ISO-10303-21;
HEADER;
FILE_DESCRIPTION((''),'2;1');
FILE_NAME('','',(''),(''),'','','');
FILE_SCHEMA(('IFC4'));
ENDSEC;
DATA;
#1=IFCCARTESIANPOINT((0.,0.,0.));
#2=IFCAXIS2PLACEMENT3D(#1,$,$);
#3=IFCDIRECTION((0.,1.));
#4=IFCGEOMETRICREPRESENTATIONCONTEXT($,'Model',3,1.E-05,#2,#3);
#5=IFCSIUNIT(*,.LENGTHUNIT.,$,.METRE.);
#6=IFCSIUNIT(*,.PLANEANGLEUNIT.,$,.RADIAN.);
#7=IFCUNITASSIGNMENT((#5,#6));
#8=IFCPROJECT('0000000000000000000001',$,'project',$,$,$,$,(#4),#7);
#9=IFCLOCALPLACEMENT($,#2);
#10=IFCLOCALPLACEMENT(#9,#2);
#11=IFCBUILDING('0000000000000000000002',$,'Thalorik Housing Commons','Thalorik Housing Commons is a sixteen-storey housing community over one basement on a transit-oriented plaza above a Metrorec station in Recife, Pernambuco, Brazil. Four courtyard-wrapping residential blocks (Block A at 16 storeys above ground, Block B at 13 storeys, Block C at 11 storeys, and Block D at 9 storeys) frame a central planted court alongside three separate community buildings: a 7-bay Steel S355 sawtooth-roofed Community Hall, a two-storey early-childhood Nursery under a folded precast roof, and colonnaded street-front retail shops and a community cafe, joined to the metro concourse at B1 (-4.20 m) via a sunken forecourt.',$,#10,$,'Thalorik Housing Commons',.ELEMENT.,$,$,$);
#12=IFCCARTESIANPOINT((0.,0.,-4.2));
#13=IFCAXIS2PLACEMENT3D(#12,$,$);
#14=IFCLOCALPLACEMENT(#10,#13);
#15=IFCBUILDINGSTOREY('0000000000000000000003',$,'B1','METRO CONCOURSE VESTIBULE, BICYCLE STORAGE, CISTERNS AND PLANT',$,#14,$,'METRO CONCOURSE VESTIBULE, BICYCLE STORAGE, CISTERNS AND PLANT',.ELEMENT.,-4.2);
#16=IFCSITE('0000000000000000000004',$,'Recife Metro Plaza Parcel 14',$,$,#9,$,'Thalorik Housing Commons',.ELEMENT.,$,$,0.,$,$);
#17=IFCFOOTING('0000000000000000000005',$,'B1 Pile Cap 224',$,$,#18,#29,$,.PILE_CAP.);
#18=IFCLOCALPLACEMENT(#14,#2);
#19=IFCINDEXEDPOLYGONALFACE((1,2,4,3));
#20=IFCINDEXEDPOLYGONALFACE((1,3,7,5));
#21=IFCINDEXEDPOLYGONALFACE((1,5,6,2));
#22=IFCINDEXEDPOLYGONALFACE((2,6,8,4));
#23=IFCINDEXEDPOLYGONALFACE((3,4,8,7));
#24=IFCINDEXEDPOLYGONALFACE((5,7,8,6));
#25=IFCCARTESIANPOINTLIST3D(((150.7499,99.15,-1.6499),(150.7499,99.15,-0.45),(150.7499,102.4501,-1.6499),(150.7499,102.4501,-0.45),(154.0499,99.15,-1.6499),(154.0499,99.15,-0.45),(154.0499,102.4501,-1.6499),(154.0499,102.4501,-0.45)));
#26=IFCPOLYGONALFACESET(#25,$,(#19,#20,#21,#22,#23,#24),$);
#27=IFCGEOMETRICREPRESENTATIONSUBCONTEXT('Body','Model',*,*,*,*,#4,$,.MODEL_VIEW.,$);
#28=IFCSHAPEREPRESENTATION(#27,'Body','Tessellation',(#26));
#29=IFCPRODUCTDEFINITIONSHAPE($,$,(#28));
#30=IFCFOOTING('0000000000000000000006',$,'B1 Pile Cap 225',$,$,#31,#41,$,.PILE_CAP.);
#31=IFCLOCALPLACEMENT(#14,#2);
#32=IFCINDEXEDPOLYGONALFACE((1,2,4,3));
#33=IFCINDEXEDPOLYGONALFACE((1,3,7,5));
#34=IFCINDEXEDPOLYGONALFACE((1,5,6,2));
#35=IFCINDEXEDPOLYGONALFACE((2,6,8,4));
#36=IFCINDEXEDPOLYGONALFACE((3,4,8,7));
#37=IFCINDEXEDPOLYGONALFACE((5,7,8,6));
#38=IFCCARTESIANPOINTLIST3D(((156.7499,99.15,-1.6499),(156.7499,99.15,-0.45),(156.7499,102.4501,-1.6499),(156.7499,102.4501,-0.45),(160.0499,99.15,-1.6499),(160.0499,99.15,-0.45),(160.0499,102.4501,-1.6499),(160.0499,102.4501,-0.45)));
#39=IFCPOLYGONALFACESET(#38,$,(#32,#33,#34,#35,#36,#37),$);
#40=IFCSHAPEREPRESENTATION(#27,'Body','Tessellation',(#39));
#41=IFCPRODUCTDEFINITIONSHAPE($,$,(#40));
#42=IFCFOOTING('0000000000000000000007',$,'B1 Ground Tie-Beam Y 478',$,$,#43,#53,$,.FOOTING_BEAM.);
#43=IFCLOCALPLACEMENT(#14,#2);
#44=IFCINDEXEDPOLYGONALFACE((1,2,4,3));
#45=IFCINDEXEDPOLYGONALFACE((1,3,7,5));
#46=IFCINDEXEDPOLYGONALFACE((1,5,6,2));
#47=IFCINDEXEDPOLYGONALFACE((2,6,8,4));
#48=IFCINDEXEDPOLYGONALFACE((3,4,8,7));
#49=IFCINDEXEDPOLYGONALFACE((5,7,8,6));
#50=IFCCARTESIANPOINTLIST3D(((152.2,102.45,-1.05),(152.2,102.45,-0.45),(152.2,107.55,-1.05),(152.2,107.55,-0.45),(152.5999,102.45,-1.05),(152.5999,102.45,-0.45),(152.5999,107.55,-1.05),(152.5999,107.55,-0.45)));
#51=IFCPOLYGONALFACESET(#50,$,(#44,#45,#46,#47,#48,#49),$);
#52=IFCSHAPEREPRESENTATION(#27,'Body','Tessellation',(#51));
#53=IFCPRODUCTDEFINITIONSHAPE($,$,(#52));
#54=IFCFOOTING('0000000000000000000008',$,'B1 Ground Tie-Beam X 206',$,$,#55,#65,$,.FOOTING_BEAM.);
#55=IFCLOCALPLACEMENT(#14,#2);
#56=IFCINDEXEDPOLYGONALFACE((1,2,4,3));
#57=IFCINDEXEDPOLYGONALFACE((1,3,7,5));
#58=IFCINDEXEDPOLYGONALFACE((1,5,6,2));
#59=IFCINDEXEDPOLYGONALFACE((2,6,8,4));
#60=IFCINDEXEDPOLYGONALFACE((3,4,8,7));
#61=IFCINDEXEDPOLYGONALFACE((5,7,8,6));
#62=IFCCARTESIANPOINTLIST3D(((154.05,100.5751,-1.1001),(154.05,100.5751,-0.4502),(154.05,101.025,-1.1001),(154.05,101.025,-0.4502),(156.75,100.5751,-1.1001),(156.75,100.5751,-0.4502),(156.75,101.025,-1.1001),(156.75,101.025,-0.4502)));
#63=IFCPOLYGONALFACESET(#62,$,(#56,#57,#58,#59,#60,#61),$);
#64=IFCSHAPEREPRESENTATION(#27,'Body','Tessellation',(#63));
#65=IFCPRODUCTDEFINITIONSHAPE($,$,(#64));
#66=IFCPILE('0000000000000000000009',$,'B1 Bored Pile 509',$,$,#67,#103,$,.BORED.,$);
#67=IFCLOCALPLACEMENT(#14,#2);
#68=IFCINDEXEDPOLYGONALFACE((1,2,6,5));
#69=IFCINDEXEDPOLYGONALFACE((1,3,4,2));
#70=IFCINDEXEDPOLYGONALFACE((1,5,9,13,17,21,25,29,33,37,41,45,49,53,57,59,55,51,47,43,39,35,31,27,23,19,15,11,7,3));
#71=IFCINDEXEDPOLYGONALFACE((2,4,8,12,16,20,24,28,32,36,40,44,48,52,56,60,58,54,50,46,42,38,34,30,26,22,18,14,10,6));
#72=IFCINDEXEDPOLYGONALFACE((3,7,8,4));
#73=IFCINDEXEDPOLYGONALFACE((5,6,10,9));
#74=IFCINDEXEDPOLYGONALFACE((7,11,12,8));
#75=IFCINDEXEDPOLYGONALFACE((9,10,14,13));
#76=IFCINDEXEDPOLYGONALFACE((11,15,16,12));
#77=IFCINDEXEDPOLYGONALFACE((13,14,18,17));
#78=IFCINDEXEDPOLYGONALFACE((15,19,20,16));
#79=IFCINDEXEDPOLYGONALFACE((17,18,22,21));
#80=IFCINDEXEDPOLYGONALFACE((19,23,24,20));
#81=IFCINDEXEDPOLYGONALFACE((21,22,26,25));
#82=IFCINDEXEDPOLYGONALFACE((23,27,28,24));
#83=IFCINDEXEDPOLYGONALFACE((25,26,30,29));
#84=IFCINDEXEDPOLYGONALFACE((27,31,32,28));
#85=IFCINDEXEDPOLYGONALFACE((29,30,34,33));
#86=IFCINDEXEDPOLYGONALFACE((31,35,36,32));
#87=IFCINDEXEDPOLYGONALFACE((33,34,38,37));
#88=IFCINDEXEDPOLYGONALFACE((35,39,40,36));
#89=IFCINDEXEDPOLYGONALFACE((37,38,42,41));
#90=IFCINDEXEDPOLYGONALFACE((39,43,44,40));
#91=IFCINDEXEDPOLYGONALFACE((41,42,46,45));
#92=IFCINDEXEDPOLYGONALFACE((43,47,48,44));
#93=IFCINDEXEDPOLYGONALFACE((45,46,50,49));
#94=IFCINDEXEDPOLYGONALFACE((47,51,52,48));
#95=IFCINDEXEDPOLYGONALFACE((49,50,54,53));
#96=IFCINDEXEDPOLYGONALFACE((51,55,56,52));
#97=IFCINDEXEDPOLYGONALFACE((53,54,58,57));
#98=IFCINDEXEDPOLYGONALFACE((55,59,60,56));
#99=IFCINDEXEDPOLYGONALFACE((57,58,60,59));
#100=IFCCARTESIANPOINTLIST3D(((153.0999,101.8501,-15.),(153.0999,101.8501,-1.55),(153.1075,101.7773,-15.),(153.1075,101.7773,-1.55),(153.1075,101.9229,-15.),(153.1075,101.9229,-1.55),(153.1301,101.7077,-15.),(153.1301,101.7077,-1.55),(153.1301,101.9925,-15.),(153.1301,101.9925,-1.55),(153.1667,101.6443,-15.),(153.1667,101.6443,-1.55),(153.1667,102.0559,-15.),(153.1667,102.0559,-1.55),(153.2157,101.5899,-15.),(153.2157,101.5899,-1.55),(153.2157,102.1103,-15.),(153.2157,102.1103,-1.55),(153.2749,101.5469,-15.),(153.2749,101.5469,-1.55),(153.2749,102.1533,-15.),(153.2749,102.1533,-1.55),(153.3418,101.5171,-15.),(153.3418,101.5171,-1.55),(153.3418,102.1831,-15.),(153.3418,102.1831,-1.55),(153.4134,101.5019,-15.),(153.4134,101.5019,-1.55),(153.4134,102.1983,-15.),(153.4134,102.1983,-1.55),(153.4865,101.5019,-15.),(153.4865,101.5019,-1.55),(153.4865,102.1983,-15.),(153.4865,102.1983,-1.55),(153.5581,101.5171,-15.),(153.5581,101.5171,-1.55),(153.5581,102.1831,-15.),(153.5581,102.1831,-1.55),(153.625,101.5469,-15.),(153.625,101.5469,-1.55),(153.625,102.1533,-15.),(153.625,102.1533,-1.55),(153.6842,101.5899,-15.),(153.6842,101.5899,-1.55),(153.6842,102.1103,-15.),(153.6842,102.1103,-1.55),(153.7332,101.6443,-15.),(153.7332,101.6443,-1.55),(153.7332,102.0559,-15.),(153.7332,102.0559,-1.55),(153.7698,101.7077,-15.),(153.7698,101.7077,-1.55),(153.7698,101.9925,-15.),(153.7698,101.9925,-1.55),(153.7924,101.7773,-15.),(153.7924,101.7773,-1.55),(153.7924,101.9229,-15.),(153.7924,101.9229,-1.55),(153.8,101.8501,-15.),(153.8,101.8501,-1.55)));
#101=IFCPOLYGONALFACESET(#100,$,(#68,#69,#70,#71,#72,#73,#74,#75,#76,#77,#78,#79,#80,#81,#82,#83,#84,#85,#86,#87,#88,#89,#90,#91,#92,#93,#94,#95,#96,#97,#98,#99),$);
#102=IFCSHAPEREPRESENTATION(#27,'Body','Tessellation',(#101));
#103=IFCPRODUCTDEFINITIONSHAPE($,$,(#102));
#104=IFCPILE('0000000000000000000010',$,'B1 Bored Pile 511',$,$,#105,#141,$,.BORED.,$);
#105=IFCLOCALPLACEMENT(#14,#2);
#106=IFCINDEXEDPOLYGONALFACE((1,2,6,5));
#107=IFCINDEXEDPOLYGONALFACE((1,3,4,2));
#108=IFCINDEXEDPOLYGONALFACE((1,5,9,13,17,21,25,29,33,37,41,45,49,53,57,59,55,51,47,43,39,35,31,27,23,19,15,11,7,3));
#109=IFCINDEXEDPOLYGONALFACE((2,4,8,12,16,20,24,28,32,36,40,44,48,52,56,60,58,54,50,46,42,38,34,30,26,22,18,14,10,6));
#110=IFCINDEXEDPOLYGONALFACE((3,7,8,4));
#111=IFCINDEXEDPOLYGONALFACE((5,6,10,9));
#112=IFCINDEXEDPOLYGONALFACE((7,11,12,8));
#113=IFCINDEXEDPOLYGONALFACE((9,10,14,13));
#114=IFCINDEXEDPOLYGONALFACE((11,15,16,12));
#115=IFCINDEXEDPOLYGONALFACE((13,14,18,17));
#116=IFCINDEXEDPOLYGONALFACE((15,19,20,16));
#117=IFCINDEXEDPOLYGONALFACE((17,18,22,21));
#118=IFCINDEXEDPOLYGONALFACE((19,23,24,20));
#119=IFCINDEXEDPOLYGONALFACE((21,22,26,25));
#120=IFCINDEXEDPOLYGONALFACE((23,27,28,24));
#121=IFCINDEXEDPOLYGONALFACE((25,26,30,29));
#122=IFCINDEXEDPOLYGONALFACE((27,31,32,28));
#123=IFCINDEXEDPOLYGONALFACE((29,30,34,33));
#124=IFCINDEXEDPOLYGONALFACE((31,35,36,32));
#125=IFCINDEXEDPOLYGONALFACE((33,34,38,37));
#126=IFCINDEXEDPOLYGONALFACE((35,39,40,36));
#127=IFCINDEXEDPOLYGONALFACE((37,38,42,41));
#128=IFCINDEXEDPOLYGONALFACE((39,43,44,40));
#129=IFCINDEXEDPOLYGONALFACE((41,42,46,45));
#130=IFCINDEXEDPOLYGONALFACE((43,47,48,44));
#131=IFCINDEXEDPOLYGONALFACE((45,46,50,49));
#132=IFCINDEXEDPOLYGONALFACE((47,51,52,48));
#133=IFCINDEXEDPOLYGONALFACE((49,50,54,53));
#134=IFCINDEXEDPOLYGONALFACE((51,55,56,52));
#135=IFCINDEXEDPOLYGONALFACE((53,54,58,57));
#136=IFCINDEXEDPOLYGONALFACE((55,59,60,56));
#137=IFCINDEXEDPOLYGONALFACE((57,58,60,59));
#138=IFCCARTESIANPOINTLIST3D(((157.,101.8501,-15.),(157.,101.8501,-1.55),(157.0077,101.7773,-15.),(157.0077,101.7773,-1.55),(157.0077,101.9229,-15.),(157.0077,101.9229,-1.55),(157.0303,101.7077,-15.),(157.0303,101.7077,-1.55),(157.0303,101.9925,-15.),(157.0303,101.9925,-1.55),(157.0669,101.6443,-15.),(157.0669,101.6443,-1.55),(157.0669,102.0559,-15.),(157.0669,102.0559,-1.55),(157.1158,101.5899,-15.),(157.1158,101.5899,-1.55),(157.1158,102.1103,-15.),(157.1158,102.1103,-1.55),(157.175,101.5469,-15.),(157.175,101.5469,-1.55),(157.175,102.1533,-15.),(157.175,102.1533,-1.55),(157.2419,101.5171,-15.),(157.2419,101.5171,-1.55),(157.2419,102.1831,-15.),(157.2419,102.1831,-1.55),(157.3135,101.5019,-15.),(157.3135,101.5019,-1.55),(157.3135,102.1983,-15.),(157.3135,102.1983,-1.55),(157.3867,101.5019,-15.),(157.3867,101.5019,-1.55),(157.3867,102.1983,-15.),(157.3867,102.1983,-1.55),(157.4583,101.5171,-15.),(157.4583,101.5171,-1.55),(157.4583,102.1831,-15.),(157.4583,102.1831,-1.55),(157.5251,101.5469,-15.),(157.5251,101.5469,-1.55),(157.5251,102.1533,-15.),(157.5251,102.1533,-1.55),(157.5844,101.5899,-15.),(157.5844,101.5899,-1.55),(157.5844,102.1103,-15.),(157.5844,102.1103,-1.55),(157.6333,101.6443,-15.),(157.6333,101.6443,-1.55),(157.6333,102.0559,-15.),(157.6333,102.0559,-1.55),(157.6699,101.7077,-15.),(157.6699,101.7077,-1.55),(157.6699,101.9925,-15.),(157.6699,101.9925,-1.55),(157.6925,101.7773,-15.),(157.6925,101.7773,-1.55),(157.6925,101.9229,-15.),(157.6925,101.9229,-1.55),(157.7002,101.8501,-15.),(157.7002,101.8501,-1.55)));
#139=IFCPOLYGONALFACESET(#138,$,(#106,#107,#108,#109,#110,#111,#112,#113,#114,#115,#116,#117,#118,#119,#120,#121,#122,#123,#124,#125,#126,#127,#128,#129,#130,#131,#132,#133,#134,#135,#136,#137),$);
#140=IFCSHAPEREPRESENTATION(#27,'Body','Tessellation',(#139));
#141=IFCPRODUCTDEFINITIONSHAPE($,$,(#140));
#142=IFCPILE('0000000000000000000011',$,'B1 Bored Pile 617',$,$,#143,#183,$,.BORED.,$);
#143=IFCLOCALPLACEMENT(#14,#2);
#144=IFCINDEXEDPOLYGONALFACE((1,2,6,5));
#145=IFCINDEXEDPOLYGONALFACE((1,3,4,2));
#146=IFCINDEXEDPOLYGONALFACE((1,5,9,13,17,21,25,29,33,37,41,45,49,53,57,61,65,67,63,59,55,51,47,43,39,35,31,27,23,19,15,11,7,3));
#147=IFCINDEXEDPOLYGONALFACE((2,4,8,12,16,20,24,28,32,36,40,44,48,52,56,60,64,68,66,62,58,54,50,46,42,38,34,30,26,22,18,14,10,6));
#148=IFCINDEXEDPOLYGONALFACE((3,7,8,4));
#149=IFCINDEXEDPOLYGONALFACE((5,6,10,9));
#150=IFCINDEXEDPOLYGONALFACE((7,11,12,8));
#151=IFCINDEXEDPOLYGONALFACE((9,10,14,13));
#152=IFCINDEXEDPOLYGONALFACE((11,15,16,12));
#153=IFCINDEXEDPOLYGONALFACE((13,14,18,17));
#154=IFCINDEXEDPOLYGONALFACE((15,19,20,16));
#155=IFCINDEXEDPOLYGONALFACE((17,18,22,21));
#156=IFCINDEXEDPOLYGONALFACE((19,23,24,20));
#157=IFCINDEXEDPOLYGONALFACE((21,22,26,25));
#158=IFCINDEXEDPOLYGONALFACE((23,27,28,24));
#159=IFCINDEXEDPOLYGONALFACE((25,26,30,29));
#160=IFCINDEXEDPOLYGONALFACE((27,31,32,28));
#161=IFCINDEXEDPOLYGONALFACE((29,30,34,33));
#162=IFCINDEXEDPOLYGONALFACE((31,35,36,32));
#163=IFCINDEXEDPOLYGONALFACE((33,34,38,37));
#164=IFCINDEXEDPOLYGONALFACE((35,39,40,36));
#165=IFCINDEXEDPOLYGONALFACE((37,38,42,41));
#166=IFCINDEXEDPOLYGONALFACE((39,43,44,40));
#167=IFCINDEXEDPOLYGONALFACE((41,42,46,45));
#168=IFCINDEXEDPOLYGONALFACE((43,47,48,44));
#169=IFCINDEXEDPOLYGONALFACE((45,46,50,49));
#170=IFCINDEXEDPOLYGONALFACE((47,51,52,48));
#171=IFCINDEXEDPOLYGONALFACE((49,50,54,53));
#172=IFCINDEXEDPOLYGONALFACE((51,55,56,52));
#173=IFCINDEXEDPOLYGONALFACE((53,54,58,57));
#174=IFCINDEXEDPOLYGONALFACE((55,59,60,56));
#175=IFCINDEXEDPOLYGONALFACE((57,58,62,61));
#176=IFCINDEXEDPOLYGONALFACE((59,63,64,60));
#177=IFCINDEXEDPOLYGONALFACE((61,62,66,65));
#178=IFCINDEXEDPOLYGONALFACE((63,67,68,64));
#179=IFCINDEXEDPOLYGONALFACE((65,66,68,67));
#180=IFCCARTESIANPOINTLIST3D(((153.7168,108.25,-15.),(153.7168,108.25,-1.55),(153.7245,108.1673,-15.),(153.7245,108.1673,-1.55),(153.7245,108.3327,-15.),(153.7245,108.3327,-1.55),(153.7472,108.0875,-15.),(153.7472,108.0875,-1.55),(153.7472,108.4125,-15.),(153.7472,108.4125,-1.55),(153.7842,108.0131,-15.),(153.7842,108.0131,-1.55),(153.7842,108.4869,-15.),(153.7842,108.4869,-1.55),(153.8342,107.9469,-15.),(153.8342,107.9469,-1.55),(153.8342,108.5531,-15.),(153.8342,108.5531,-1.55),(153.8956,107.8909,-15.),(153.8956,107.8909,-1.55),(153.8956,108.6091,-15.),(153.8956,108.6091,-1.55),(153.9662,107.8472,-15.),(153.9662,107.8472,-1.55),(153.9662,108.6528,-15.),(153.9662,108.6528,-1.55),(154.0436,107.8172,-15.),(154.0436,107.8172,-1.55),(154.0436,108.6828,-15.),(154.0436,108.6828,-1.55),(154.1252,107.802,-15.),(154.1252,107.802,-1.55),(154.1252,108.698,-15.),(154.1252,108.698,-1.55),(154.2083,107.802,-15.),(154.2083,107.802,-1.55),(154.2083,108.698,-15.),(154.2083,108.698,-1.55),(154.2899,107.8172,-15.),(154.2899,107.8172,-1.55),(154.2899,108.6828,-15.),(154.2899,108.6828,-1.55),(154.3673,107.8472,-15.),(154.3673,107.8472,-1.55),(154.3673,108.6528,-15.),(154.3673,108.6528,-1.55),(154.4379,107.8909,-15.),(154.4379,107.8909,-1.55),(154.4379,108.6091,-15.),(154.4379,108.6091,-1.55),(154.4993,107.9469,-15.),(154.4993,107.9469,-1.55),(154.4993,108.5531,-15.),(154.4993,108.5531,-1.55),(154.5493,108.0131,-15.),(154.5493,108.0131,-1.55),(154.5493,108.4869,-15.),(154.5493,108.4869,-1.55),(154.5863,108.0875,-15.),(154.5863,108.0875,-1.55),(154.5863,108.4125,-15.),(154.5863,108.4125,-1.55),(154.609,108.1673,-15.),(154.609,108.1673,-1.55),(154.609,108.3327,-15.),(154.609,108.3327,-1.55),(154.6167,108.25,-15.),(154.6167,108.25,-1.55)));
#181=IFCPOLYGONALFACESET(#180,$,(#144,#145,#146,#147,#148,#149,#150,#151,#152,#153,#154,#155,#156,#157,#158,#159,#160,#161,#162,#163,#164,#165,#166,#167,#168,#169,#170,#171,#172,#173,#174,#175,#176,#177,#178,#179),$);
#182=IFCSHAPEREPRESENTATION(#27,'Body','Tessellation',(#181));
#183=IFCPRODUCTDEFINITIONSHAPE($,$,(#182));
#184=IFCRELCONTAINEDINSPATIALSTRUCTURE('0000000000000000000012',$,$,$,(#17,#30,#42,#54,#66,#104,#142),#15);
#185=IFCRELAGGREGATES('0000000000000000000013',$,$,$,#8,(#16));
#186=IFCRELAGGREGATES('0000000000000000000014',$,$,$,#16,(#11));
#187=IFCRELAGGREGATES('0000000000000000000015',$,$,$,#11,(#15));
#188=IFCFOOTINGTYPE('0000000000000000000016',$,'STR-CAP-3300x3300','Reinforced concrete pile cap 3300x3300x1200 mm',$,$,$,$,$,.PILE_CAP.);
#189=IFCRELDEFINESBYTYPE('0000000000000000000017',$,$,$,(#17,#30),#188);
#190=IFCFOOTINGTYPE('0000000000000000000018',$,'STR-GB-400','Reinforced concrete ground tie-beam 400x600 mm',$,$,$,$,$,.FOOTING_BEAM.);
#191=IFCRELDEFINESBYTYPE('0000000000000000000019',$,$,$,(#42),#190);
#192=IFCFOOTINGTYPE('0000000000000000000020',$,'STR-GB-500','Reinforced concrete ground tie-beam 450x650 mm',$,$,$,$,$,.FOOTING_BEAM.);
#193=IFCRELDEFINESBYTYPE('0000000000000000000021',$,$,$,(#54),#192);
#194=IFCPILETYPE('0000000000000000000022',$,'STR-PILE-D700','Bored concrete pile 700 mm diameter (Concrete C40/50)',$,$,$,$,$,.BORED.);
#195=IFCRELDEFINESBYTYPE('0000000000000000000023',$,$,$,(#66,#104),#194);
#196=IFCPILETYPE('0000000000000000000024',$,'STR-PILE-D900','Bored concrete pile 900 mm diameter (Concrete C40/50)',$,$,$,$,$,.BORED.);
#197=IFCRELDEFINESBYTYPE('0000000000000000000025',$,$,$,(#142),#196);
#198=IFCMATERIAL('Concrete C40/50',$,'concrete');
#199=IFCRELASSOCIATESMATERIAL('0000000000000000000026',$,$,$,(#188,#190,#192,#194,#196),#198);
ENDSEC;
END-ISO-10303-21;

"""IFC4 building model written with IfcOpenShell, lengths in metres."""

from ifc_helpers import new_model, si_unit, direction, frame, origin, origin_2d, place, context, subcontext, project, spatial, rectangle, circle, extrude, material, material_profile, profile_set, type_object, element, save


model = new_model("IFC4")

# Units and contexts
model_context = context("Model", 3, precision=1e-05, world=origin(), true_north=direction((0.0, 1.0)))
body_context = subcontext(model_context, "Body", "Model", "MODEL_VIEW")
ifc_project = project(units=[si_unit("LENGTHUNIT", "METRE"), si_unit("PLANEANGLEUNIT", "RADIAN")], contexts=[model_context])

# Site, building, storey
site_placement = place(None, origin())
site = spatial("IfcSite", under=ifc_project, at=site_placement, Name="Recife Metro Plaza Parcel 14", LongName="Thalorik Housing Commons", CompositionType="ELEMENT", RefElevation=0.0)
building_placement = place(site_placement, origin())
building = spatial("IfcBuilding", under=site, at=building_placement, Name="Thalorik Housing Commons", Description="Thalorik Housing Commons is a sixteen-storey housing community over one basement on a transit-oriented plaza above a Metrorec station in Recife, Pernambuco, Brazil. Four courtyard-wrapping residential blocks (Block A at 16 storeys above ground, Block B at 13 storeys, Block C at 11 storeys, and Block D at 9 storeys) frame a central planted court alongside three separate community buildings: a 7-bay Steel S355 sawtooth-roofed Community Hall, a two-storey early-childhood Nursery under a folded precast roof, and colonnaded street-front retail shops and a community cafe, joined to the metro concourse at B1 (-4.20 m) via a sunken forecourt.", LongName="Thalorik Housing Commons", CompositionType="ELEMENT")
storey_placement = place(building_placement, frame((0.0, 0.0, -4.2)))
storey = spatial("IfcBuildingStorey", under=building, at=storey_placement, Name="B1", Description="METRO CONCOURSE VESTIBULE, BICYCLE STORAGE, CISTERNS AND PLANT", LongName="METRO CONCOURSE VESTIBULE, BICYCLE STORAGE, CISTERNS AND PLANT", CompositionType="ELEMENT", Elevation=-4.2)

# Footings
ifc_material_1 = material(Name="Concrete C40/50", Category="concrete")
footing_type_1 = type_object("IfcFootingType", Name="STR-CAP-3300x3300", Description="Reinforced concrete pile cap 3300x3300x1200 mm", PredefinedType="PILE_CAP", material=ifc_material_1)
for number, where, z_axis, x_axis, name in (
    (1, (152.3999, 100.8, -1.6499), (0.0, 0.0, 1.0), (1.0, 0.0, 0.0), "B1 Pile Cap 224"),
    (2, (158.3999, 100.8, -1.6499), (0.0, 0.0, 1.0), (1.0, 0.0, 0.0), "B1 Pile Cap 225"),
):
    element("IfcFooting", number, at=place(storey_placement, frame(where, z_axis=z_axis, x_axis=x_axis)), inside=storey, type_object=footing_type_1, Name=name, PredefinedType="PILE_CAP", context=body_context, shape_type="SweptSolid", body=[
        extrude(rectangle(XDim=3.3, YDim=3.3, at=origin_2d()), origin(), (0.0, 0.0, 1.0), 1.2),
    ])
ifc_material_profile_1 = material_profile(ifc_material_1, rectangle(XDim=0.3999, YDim=0.6001, at=origin_2d()), Name="RC 400x600", Category="concrete")
ifc_profile_set_1 = profile_set([ifc_material_profile_1], Name="Concrete C40/50")
footing_type_2 = type_object("IfcFootingType", Name="STR-GB-400", Description="Reinforced concrete ground tie-beam 400x600 mm", PredefinedType="FOOTING_BEAM", material=ifc_profile_set_1)
footing_1_placement = place(storey_placement, frame((152.3999, 102.45, -0.75), z_axis=(0.0, 1.0, 0.0), x_axis=(-1.0, 0.0, 0.0)))
element("IfcFooting", 3, at=footing_1_placement, inside=storey, type_object=footing_type_2, Name="B1 Ground Tie-Beam Y 478", PredefinedType="FOOTING_BEAM", context=body_context, shape_type="SweptSolid", body=[
    extrude(rectangle(XDim=0.3999, YDim=0.6001, at=origin_2d()), origin(), (0.0, 0.0, 1.0), 5.1001),
])
ifc_material_profile_2 = material_profile(ifc_material_1, rectangle(XDim=0.45, YDim=0.6499, at=origin_2d()), Name="RC 450x650", Category="concrete")
ifc_profile_set_2 = profile_set([ifc_material_profile_2], Name="Concrete C40/50")
footing_type_3 = type_object("IfcFootingType", Name="STR-GB-500", Description="Reinforced concrete ground tie-beam 450x650 mm", PredefinedType="FOOTING_BEAM", material=ifc_profile_set_2)
footing_2_placement = place(storey_placement, frame((154.05, 100.8, -0.7751), z_axis=(1.0, 0.0, 0.0), x_axis=(0.0, 1.0, 0.0)))
element("IfcFooting", 4, at=footing_2_placement, inside=storey, type_object=footing_type_3, Name="B1 Ground Tie-Beam X 206", PredefinedType="FOOTING_BEAM", context=body_context, shape_type="SweptSolid", body=[
    extrude(rectangle(XDim=0.45, YDim=0.6499, at=origin_2d()), origin(), (0.0, 0.0, 1.0), 2.7),
])

# Piles
ifc_material_profile_3 = material_profile(ifc_material_1, circle(Radius=0.3501, at=origin_2d()), Name="BORED PILE D700", Category="concrete")
ifc_profile_set_3 = profile_set([ifc_material_profile_3], Name="Concrete C40/50")
pile_type_1 = type_object("IfcPileType", Name="STR-PILE-D700", Description="Bored concrete pile 700 mm diameter (Concrete C40/50)", PredefinedType="BORED", material=ifc_profile_set_3)
for number, where, z_axis, x_axis, name in (
    (5, (153.45, 101.8501, -1.55), (0.0, 0.0, -1.0), (1.0, 0.0, 0.0), "B1 Bored Pile 509"),
    (6, (157.3501, 101.8501, -1.55), (0.0, 0.0, -1.0), (1.0, 0.0, 0.0), "B1 Bored Pile 511"),
):
    element("IfcPile", number, at=place(storey_placement, frame(where, z_axis=z_axis, x_axis=x_axis)), inside=storey, type_object=pile_type_1, Name=name, PredefinedType="BORED", context=body_context, shape_type="SweptSolid", body=[
        extrude(circle(Radius=0.3501, at=origin_2d()), origin(), (0.0, 0.0, 1.0), 13.45),
    ])
ifc_material_profile_4 = material_profile(ifc_material_1, circle(Radius=0.45, at=origin_2d()), Name="BORED PILE D900", Category="concrete")
ifc_profile_set_4 = profile_set([ifc_material_profile_4], Name="Concrete C40/50")
pile_type_2 = type_object("IfcPileType", Name="STR-PILE-D900", Description="Bored concrete pile 900 mm diameter (Concrete C40/50)", PredefinedType="BORED", material=ifc_profile_set_4)
for number, where, z_axis, x_axis, name in (
    (7, (154.1667, 108.25, -1.55), (0.0, 0.0, -1.0), (1.0, 0.0, 0.0), "B1 Bored Pile 617"),
):
    element("IfcPile", number, at=place(storey_placement, frame(where, z_axis=z_axis, x_axis=x_axis)), inside=storey, type_object=pile_type_2, Name=name, PredefinedType="BORED", context=body_context, shape_type="SweptSolid", body=[
        extrude(circle(Radius=0.45, at=origin_2d()), origin(), (0.0, 0.0, 1.0), 13.45),
    ])

save(model, "model.ifc")
